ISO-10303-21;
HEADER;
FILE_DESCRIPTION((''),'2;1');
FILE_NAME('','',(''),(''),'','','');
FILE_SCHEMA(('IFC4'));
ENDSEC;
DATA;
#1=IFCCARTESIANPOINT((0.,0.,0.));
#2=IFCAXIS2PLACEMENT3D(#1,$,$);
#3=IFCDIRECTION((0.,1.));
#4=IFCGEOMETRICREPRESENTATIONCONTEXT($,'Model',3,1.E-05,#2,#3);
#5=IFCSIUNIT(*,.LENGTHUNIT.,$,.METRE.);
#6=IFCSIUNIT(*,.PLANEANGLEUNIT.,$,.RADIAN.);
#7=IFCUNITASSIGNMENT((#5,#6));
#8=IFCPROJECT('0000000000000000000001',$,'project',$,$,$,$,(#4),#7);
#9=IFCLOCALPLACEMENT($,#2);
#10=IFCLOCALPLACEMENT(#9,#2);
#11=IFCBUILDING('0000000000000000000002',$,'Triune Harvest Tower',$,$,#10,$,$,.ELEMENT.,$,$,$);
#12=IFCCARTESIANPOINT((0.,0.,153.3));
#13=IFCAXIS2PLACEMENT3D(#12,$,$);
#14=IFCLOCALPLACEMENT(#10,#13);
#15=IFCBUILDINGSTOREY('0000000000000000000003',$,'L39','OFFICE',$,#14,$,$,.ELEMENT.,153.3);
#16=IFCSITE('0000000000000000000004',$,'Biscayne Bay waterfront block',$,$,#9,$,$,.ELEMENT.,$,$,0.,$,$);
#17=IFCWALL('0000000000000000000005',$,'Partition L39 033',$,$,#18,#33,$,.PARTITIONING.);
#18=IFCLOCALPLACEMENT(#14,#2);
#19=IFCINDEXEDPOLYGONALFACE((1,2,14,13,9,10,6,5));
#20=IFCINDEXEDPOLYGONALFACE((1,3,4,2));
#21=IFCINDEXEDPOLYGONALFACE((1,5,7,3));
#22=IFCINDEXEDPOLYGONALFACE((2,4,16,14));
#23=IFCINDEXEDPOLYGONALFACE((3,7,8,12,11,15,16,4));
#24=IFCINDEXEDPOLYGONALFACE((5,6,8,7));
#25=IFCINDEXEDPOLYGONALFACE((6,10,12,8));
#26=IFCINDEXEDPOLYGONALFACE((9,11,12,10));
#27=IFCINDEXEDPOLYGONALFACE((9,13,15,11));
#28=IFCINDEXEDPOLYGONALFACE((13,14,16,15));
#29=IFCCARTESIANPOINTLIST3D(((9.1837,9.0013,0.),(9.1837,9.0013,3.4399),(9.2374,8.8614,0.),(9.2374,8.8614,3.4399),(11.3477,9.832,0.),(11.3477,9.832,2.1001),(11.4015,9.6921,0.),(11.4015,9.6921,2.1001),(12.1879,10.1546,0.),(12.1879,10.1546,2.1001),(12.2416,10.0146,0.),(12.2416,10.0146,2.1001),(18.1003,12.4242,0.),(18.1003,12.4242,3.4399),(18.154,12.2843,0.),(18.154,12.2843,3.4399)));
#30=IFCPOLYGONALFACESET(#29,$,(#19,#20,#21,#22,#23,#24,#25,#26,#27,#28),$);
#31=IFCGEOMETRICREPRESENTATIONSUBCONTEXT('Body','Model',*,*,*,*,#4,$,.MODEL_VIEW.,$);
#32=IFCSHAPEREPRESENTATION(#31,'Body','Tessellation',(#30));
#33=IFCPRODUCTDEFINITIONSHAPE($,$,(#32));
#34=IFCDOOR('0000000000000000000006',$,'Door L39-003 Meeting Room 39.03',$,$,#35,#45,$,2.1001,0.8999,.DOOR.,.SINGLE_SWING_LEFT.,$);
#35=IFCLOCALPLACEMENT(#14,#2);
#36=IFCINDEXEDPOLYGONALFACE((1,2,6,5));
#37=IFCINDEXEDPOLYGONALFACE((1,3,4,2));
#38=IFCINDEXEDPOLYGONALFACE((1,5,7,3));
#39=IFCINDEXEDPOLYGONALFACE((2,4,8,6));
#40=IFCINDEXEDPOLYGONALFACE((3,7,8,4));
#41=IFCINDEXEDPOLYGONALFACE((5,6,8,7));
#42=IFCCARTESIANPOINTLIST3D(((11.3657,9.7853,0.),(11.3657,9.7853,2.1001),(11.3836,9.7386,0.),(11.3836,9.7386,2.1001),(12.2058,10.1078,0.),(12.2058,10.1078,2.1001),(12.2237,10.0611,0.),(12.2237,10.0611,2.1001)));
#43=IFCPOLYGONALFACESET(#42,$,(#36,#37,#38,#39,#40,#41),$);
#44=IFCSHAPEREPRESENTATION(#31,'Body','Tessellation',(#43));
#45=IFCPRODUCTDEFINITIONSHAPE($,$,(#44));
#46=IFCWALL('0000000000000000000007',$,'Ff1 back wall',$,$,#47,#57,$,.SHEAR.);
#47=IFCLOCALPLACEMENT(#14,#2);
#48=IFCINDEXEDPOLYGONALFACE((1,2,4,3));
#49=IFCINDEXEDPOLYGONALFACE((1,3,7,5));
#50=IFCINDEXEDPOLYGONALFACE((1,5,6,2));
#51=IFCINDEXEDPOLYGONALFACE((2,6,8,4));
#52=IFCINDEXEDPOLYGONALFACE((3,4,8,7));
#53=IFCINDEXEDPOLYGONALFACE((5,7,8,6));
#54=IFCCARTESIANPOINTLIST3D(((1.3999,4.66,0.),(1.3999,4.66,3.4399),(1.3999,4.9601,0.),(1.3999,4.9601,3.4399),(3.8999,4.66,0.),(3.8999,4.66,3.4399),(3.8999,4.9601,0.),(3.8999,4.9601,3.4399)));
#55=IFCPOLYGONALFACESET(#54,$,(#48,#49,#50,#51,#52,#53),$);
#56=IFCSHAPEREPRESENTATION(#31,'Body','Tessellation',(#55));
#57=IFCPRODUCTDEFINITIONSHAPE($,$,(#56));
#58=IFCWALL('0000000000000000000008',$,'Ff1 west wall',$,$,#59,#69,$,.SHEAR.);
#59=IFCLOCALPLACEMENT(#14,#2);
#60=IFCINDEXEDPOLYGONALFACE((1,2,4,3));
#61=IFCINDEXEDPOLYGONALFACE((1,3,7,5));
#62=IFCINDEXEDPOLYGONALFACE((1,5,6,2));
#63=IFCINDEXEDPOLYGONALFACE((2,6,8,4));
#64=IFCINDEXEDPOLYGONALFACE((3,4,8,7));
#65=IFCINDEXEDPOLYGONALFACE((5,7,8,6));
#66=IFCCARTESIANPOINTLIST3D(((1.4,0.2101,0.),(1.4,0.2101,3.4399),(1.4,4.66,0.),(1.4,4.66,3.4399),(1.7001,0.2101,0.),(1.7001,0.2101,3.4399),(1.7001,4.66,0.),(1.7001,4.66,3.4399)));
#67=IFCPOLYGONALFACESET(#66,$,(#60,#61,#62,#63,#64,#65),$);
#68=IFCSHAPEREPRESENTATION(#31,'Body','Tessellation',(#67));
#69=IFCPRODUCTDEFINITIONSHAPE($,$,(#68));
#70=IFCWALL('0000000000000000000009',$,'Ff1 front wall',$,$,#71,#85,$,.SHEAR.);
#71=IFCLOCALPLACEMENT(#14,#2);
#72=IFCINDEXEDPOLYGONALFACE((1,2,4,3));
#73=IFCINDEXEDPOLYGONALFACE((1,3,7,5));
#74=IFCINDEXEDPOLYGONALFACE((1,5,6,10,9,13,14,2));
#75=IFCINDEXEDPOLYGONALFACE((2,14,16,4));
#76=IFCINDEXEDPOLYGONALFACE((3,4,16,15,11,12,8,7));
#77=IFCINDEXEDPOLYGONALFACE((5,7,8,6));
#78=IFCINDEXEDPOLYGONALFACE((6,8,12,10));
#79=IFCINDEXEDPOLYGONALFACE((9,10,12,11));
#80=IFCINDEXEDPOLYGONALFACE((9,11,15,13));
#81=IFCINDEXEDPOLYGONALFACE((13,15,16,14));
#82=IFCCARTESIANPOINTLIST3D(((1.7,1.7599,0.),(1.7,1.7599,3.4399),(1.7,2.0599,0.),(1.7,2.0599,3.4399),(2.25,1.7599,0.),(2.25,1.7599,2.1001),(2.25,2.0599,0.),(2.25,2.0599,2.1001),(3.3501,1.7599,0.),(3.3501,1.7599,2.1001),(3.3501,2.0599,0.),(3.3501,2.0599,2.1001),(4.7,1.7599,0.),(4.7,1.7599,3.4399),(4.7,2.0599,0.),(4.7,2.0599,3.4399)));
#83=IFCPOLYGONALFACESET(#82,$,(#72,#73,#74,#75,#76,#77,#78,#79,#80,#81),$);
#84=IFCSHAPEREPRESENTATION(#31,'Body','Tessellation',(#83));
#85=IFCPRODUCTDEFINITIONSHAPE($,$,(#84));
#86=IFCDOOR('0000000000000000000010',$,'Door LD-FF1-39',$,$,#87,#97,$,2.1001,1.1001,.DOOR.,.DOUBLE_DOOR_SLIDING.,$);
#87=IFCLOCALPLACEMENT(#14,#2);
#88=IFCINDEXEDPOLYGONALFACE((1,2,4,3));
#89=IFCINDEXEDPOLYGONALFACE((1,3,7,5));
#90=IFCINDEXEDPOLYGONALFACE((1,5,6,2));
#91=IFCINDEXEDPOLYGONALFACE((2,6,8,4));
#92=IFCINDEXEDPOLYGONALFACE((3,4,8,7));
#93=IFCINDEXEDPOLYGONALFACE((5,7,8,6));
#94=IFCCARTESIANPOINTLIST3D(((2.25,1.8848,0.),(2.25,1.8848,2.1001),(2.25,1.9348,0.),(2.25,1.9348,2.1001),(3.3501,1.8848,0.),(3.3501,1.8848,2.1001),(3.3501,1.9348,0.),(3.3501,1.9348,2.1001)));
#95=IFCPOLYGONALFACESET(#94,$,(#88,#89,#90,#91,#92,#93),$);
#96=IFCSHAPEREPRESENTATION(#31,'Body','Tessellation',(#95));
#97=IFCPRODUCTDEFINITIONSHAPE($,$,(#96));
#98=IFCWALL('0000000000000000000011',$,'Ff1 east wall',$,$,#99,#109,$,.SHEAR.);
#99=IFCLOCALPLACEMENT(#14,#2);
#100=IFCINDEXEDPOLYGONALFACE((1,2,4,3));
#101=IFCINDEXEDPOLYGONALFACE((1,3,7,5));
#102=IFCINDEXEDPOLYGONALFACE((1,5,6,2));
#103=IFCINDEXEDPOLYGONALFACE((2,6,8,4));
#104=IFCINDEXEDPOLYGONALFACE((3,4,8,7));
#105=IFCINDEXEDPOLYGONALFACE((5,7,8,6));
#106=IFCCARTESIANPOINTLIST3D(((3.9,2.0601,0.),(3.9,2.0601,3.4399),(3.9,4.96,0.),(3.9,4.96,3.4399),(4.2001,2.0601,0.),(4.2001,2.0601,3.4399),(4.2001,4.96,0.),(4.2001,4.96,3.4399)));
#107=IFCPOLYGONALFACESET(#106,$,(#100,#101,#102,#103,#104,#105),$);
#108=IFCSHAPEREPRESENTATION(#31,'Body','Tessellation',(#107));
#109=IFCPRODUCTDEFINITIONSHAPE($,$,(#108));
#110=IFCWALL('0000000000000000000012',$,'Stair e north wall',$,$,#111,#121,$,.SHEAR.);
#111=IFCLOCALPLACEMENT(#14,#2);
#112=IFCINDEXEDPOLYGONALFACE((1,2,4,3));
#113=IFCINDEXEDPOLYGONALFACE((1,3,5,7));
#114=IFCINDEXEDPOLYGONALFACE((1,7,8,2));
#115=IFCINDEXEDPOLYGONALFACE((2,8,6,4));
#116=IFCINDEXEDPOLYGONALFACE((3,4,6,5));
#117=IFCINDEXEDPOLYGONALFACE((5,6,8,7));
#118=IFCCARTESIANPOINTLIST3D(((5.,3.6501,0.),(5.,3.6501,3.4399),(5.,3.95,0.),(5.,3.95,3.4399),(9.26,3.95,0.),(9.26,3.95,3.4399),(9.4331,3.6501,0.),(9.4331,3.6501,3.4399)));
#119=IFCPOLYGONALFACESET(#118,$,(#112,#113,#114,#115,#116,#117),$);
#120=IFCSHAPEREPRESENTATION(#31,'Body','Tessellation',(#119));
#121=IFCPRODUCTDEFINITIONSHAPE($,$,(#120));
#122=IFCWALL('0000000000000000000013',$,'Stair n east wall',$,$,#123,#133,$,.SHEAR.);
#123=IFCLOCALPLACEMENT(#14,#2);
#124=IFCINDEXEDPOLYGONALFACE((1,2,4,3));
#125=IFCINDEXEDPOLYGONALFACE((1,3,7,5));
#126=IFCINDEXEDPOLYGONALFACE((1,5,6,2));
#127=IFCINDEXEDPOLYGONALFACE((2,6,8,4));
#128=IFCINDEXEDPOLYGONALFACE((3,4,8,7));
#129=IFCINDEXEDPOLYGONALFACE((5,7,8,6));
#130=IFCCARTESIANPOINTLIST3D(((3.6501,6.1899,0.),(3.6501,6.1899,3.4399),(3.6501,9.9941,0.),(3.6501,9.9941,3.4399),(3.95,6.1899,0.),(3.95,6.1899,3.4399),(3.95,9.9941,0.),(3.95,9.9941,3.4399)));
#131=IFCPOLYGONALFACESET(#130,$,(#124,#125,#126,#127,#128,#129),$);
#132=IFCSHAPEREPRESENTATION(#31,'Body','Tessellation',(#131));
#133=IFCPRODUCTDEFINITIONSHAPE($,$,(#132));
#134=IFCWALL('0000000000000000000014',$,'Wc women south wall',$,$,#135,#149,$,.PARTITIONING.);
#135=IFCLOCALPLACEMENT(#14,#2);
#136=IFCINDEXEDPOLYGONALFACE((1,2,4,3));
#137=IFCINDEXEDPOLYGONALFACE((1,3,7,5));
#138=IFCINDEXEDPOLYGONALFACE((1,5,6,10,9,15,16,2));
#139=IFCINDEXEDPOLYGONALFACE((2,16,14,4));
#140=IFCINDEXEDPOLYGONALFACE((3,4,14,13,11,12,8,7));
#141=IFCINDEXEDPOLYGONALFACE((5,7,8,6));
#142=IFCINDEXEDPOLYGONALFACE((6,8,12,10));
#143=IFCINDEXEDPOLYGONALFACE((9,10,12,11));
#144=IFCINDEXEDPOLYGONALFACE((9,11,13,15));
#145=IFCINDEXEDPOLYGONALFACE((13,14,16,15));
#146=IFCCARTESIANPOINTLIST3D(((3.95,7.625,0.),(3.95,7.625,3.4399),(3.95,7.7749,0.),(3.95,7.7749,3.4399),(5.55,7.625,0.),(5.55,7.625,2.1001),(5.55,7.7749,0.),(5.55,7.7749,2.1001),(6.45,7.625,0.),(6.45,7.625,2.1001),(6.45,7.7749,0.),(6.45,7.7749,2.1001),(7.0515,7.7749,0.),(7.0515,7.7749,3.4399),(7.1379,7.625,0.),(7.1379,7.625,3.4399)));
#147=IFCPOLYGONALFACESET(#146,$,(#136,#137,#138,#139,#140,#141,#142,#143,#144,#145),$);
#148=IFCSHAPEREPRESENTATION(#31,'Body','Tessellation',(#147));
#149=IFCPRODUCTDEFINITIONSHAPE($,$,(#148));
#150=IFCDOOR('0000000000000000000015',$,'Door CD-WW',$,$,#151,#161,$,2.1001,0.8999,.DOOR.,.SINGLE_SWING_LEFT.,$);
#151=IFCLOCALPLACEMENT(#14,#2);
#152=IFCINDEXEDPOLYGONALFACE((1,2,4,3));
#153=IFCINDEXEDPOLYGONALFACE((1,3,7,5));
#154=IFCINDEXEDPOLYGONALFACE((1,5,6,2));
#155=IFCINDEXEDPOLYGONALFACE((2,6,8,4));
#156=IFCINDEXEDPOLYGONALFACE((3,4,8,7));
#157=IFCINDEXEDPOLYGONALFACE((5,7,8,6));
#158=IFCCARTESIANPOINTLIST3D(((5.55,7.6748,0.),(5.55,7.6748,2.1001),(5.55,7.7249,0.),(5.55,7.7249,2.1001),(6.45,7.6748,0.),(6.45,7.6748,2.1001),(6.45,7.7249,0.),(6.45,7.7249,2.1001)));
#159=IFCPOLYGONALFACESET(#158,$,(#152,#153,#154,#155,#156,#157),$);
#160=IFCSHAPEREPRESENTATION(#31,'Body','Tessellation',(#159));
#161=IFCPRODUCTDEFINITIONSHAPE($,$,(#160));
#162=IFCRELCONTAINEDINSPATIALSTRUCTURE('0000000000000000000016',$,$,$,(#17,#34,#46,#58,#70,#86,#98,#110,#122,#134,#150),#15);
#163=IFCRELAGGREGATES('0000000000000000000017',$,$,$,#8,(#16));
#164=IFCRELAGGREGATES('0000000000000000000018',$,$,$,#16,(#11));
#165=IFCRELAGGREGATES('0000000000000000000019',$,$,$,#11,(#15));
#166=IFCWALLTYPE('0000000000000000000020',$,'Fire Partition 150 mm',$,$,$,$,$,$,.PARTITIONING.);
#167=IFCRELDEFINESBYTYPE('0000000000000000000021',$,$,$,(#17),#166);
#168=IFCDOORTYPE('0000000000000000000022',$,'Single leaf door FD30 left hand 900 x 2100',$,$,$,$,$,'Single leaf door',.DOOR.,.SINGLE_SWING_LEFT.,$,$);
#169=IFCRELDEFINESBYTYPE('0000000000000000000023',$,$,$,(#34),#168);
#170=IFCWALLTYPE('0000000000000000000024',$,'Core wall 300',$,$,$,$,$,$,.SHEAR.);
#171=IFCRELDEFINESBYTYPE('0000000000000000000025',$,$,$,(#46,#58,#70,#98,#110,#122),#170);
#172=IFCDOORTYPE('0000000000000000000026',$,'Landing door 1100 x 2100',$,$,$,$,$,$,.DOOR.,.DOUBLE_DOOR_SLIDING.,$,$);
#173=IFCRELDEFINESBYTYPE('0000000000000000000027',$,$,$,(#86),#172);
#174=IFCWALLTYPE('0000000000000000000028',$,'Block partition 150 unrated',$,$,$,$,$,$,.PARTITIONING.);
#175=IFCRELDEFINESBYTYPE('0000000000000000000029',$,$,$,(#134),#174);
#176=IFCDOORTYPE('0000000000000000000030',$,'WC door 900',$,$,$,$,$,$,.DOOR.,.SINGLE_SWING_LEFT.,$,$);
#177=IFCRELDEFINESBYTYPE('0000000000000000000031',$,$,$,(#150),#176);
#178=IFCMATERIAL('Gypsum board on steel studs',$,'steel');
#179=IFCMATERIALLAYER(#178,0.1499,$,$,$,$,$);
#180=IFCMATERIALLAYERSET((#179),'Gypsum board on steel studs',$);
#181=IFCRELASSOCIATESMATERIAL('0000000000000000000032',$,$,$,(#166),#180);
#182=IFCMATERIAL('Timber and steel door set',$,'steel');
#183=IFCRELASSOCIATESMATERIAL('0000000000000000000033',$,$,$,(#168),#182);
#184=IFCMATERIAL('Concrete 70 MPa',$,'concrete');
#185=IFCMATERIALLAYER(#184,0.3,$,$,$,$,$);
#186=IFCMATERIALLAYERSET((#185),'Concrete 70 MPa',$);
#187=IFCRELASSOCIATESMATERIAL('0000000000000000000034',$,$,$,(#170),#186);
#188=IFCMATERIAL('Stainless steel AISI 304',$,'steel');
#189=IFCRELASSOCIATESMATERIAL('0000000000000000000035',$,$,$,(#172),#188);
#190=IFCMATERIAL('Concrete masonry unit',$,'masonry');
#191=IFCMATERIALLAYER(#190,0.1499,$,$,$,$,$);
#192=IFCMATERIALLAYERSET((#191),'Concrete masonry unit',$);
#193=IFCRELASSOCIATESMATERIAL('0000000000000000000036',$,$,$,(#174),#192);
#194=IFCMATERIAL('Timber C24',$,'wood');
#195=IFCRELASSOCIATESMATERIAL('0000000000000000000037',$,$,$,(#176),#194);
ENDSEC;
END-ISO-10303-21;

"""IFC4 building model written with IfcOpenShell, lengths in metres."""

from ifc_helpers import new_model, si_unit, direction, frame, frame_2d, origin, place, context, subcontext, project, spatial, polyline, rectangle, outline, extrude, source, transform, mapped, material, layer, layer_set, type_object, element, fill, save


model = new_model("IFC4")

# Units and contexts
model_context = context("Model", 3, precision=1e-05, world=origin(), true_north=direction((0.0, 1.0)))
body_context = subcontext(model_context, "Body", "Model", "MODEL_VIEW")
ifc_project = project(units=[si_unit("LENGTHUNIT", "METRE"), si_unit("PLANEANGLEUNIT", "RADIAN")], contexts=[model_context])

# Site, building, storey
site_placement = place(None, origin())
site = spatial("IfcSite", under=ifc_project, at=site_placement, Name="Biscayne Bay waterfront block", CompositionType="ELEMENT", RefElevation=0.0)
building_placement = place(site_placement, origin())
building = spatial("IfcBuilding", under=site, at=building_placement, Name="Triune Harvest Tower", CompositionType="ELEMENT")
storey_placement = place(building_placement, frame((0.0, 0.0, 153.3)))
storey = spatial("IfcBuildingStorey", under=building, at=storey_placement, Name="L39", Description="OFFICE", CompositionType="ELEMENT", Elevation=153.3)

# Wall, opening, door
ifc_material_1 = material(Name="Gypsum board on steel studs", Category="steel")
ifc_layer_1 = layer(ifc_material_1, 0.1499)
ifc_layer_set_1 = layer_set([ifc_layer_1], Name="Gypsum board on steel studs")
wall_type_1 = type_object("IfcWallType", Name="Fire Partition 150 mm", PredefinedType="PARTITIONING", material=ifc_layer_set_1)
wall_1_placement = place(storey_placement, frame((9.2107, 8.9314, 0.0), z_axis=(0.0, 0.0, 1.0), x_axis=(0.933576, 0.358379, 0.0)))
wall_1 = element("IfcWall", 1, at=wall_1_placement, inside=storey, type_object=wall_type_1, Name="Partition L39 033", PredefinedType="PARTITIONING", context=body_context, shape_type="SweptSolid", body=[
    extrude(rectangle(XDim=9.551, YDim=0.1499, at=frame_2d((4.7754, 0.0))), origin(), (0.0, 0.0, 1.0), 3.4399),
])
opening_1_placement = place(wall_1_placement, frame((2.3179, 0.0, 0.0)))
opening_1 = element("IfcOpeningElement", 2, at=opening_1_placement, cuts=wall_1, PredefinedType="OPENING", context=body_context, shape_type="SweptSolid", body=[
    extrude(rectangle(XDim=0.8999, YDim=2.1001, at=frame_2d((0.45, 1.05))), frame((0.0, 0.085, 0.0), z_axis=(0.0, -1.0, 0.0), x_axis=(1.0, 0.0, 0.0)), (0.0, 0.0, 1.0), 0.1699),
])
ifc_material_2 = material(Name="Timber and steel door set", Category="steel")
door_type_1 = type_object("IfcDoorType", Name="Single leaf door FD30 left hand 900 x 2100", ElementType="Single leaf door", OperationType="SINGLE_SWING_LEFT", PredefinedType="DOOR", material=ifc_material_2)
door_1_placement = place(opening_1_placement, origin())
door_1 = element("IfcDoor", 3, at=door_1_placement, inside=storey, type_object=door_type_1, Name="Door L39-003 Meeting Room 39.03", OperationType="SINGLE_SWING_LEFT", OverallHeight=2.1001, OverallWidth=0.8999, PredefinedType="DOOR", context=body_context, shape_type="SweptSolid", body=[
    extrude(rectangle(XDim=0.8999, YDim=2.1001, at=frame_2d((0.45, 1.05))), frame((0.0, 0.0249, 0.0), z_axis=(0.0, -1.0, 0.0), x_axis=(1.0, 0.0, 0.0)), (0.0, 0.0, 1.0), 0.05),
])
fill(opening_1, door_1)

# Walls
ifc_material_3 = material(Name="Concrete 70 MPa", Category="concrete")
ifc_layer_2 = layer(ifc_material_3, 0.3)
ifc_layer_set_2 = layer_set([ifc_layer_2], Name="Concrete 70 MPa")
wall_type_2 = type_object("IfcWallType", Name="Core wall 300", PredefinedType="SHEAR", material=ifc_layer_set_2)
shared_shape_1 = source(origin(), body_context, "Body", "SweptSolid", [
    extrude(rectangle(XDim=2.5, YDim=0.3, at=frame_2d((1.25, 0.0))), origin(), (0.0, 0.0, 1.0), 3.4399),
])
wall_2_placement = place(storey_placement, frame((1.3999, 4.8101, 0.0), z_axis=(0.0, 0.0, 1.0), x_axis=(1.0, 0.0, 0.0)))
element("IfcWall", 4, at=wall_2_placement, inside=storey, type_object=wall_type_2, Name="Ff1 back wall", PredefinedType="SHEAR", context=body_context, shape_type="MappedRepresentation", body=[
    mapped(shared_shape_1, transform((0.0, 0.0, 0.0), scale=1.0)),
])
shared_shape_2 = source(origin(), body_context, "Body", "SweptSolid", [
    extrude(rectangle(XDim=4.45, YDim=0.3, at=frame_2d((2.2251, 0.0))), origin(), (0.0, 0.0, 1.0), 3.4399),
])
wall_3_placement = place(storey_placement, frame((1.55, 0.21, 0.0), z_axis=(0.0, 0.0, 1.0), x_axis=(0.0, 1.0, 0.0)))
element("IfcWall", 5, at=wall_3_placement, inside=storey, type_object=wall_type_2, Name="Ff1 west wall", PredefinedType="SHEAR", context=body_context, shape_type="MappedRepresentation", body=[
    mapped(shared_shape_2, transform((0.0, 0.0, 0.0), scale=1.0)),
])

# Wall, opening, door
shared_shape_3 = source(origin(), body_context, "Body", "SweptSolid", [
    extrude(rectangle(XDim=3.0, YDim=0.3, at=frame_2d((1.5, 0.0))), origin(), (0.0, 0.0, 1.0), 3.4399),
])
wall_4_placement = place(storey_placement, frame((1.7, 1.9099, 0.0), z_axis=(0.0, 0.0, 1.0), x_axis=(1.0, 0.0, 0.0)))
wall_4 = element("IfcWall", 6, at=wall_4_placement, inside=storey, type_object=wall_type_2, Name="Ff1 front wall", PredefinedType="SHEAR", context=body_context, shape_type="MappedRepresentation", body=[
    mapped(shared_shape_3, transform((0.0, 0.0, 0.0), scale=1.0)),
])
opening_2_placement = place(wall_4_placement, frame((0.55, 0.0, 0.0)))
opening_2 = element("IfcOpeningElement", 7, at=opening_2_placement, cuts=wall_4, PredefinedType="OPENING", context=body_context, shape_type="SweptSolid", body=[
    extrude(rectangle(XDim=1.1001, YDim=2.1001, at=frame_2d((0.55, 1.05))), frame((0.0, 0.1602, 0.0), z_axis=(0.0, -1.0, 0.0), x_axis=(1.0, 0.0, 0.0)), (0.0, 0.0, 1.0), 0.3201),
])
ifc_material_4 = material(Name="Stainless steel AISI 304", Category="steel")
door_type_2 = type_object("IfcDoorType", Name="Landing door 1100 x 2100", OperationType="DOUBLE_DOOR_SLIDING", PredefinedType="DOOR", material=ifc_material_4)
door_2_placement = place(opening_2_placement, origin())
door_2 = element("IfcDoor", 8, at=door_2_placement, inside=storey, type_object=door_type_2, Name="Door LD-FF1-39", OperationType="DOUBLE_DOOR_SLIDING", OverallHeight=2.1001, OverallWidth=1.1001, PredefinedType="DOOR", context=body_context, shape_type="SweptSolid", body=[
    extrude(rectangle(XDim=1.1001, YDim=2.1001, at=frame_2d((0.55, 1.05))), frame((0.0, 0.0249, 0.0), z_axis=(0.0, -1.0, 0.0), x_axis=(1.0, 0.0, 0.0)), (0.0, 0.0, 1.0), 0.05),
])
fill(opening_2, door_2)

# Walls
shared_shape_4 = source(origin(), body_context, "Body", "SweptSolid", [
    extrude(rectangle(XDim=2.8999, YDim=0.3, at=frame_2d((1.45, 0.0))), origin(), (0.0, 0.0, 1.0), 3.4399),
])
wall_5_placement = place(storey_placement, frame((4.05, 2.0601, 0.0), z_axis=(0.0, 0.0, 1.0), x_axis=(0.0, 1.0, 0.0)))
element("IfcWall", 9, at=wall_5_placement, inside=storey, type_object=wall_type_2, Name="Ff1 east wall", PredefinedType="SHEAR", context=body_context, shape_type="MappedRepresentation", body=[
    mapped(shared_shape_4, transform((0.0, 0.0, 0.0), scale=1.0)),
])
shared_shape_5 = source(origin(), body_context, "Body", "SweptSolid", [
    extrude(outline(polyline([(0.0, -0.1499), (0.0, 0.1499), (4.26, 0.1499), (4.4331, -0.1499), (0.0, -0.1499)])), origin(), (0.0, 0.0, 1.0), 3.4399),
])
wall_6_placement = place(storey_placement, frame((5.0, 3.8, 0.0), z_axis=(0.0, 0.0, 1.0), x_axis=(1.0, 0.0, 0.0)))
element("IfcWall", 10, at=wall_6_placement, inside=storey, type_object=wall_type_2, Name="Stair e north wall", PredefinedType="SHEAR", context=body_context, shape_type="MappedRepresentation", body=[
    mapped(shared_shape_5, transform((0.0, 0.0, 0.0), scale=1.0)),
])
shared_shape_6 = source(origin(), body_context, "Body", "SweptSolid", [
    extrude(outline(polyline([(0.0, -0.1499), (0.0, 0.1499), (3.8042, 0.1499), (3.8042, -0.1499), (0.0, -0.1499)])), origin(), (0.0, 0.0, 1.0), 3.4399),
])
wall_7_placement = place(storey_placement, frame((3.8, 6.1899, 0.0), z_axis=(0.0, 0.0, 1.0), x_axis=(0.0, 1.0, 0.0)))
element("IfcWall", 11, at=wall_7_placement, inside=storey, type_object=wall_type_2, Name="Stair n east wall", PredefinedType="SHEAR", context=body_context, shape_type="MappedRepresentation", body=[
    mapped(shared_shape_6, transform((0.0, 0.0, 0.0), scale=1.0)),
])

# Wall, opening, door
ifc_material_5 = material(Name="Concrete masonry unit", Category="masonry")
ifc_layer_3 = layer(ifc_material_5, 0.1499)
ifc_layer_set_3 = layer_set([ifc_layer_3], Name="Concrete masonry unit")
wall_type_3 = type_object("IfcWallType", Name="Block partition 150 unrated", PredefinedType="PARTITIONING", material=ifc_layer_set_3)
shared_shape_7 = source(origin(), body_context, "Body", "SweptSolid", [
    extrude(outline(polyline([(0.0, -0.075), (0.0, 0.075), (3.1016, 0.075), (3.188, -0.075), (0.0, -0.075)])), origin(), (0.0, 0.0, 1.0), 3.4399),
])
wall_8_placement = place(storey_placement, frame((3.95, 7.7, 0.0), z_axis=(0.0, 0.0, 1.0), x_axis=(1.0, 0.0, 0.0)))
wall_8 = element("IfcWall", 12, at=wall_8_placement, inside=storey, type_object=wall_type_3, Name="Wc women south wall", PredefinedType="PARTITIONING", context=body_context, shape_type="MappedRepresentation", body=[
    mapped(shared_shape_7, transform((0.0, 0.0, 0.0), scale=1.0)),
])
opening_3_placement = place(wall_8_placement, frame((1.6001, 0.0, 0.0)))
opening_3 = element("IfcOpeningElement", 13, at=opening_3_placement, cuts=wall_8, PredefinedType="OPENING", context=body_context, shape_type="SweptSolid", body=[
    extrude(rectangle(XDim=0.8999, YDim=2.1001, at=frame_2d((0.45, 1.05))), frame((0.0, 0.085, 0.0), z_axis=(0.0, -1.0, 0.0), x_axis=(1.0, 0.0, 0.0)), (0.0, 0.0, 1.0), 0.1699),
])
ifc_material_6 = material(Name="Timber C24", Category="wood")
door_type_3 = type_object("IfcDoorType", Name="WC door 900", OperationType="SINGLE_SWING_LEFT", PredefinedType="DOOR", material=ifc_material_6)
door_3_placement = place(opening_3_placement, origin())
door_3 = element("IfcDoor", 14, at=door_3_placement, inside=storey, type_object=door_type_3, Name="Door CD-WW", OperationType="SINGLE_SWING_LEFT", OverallHeight=2.1001, OverallWidth=0.8999, PredefinedType="DOOR", context=body_context, shape_type="SweptSolid", body=[
    extrude(rectangle(XDim=0.8999, YDim=2.1001, at=frame_2d((0.45, 1.05))), frame((0.0, 0.0249, 0.0), z_axis=(0.0, -1.0, 0.0), x_axis=(1.0, 0.0, 0.0)), (0.0, 0.0, 1.0), 0.05),
])
fill(opening_3, door_3)

save(model, "model.ifc")
